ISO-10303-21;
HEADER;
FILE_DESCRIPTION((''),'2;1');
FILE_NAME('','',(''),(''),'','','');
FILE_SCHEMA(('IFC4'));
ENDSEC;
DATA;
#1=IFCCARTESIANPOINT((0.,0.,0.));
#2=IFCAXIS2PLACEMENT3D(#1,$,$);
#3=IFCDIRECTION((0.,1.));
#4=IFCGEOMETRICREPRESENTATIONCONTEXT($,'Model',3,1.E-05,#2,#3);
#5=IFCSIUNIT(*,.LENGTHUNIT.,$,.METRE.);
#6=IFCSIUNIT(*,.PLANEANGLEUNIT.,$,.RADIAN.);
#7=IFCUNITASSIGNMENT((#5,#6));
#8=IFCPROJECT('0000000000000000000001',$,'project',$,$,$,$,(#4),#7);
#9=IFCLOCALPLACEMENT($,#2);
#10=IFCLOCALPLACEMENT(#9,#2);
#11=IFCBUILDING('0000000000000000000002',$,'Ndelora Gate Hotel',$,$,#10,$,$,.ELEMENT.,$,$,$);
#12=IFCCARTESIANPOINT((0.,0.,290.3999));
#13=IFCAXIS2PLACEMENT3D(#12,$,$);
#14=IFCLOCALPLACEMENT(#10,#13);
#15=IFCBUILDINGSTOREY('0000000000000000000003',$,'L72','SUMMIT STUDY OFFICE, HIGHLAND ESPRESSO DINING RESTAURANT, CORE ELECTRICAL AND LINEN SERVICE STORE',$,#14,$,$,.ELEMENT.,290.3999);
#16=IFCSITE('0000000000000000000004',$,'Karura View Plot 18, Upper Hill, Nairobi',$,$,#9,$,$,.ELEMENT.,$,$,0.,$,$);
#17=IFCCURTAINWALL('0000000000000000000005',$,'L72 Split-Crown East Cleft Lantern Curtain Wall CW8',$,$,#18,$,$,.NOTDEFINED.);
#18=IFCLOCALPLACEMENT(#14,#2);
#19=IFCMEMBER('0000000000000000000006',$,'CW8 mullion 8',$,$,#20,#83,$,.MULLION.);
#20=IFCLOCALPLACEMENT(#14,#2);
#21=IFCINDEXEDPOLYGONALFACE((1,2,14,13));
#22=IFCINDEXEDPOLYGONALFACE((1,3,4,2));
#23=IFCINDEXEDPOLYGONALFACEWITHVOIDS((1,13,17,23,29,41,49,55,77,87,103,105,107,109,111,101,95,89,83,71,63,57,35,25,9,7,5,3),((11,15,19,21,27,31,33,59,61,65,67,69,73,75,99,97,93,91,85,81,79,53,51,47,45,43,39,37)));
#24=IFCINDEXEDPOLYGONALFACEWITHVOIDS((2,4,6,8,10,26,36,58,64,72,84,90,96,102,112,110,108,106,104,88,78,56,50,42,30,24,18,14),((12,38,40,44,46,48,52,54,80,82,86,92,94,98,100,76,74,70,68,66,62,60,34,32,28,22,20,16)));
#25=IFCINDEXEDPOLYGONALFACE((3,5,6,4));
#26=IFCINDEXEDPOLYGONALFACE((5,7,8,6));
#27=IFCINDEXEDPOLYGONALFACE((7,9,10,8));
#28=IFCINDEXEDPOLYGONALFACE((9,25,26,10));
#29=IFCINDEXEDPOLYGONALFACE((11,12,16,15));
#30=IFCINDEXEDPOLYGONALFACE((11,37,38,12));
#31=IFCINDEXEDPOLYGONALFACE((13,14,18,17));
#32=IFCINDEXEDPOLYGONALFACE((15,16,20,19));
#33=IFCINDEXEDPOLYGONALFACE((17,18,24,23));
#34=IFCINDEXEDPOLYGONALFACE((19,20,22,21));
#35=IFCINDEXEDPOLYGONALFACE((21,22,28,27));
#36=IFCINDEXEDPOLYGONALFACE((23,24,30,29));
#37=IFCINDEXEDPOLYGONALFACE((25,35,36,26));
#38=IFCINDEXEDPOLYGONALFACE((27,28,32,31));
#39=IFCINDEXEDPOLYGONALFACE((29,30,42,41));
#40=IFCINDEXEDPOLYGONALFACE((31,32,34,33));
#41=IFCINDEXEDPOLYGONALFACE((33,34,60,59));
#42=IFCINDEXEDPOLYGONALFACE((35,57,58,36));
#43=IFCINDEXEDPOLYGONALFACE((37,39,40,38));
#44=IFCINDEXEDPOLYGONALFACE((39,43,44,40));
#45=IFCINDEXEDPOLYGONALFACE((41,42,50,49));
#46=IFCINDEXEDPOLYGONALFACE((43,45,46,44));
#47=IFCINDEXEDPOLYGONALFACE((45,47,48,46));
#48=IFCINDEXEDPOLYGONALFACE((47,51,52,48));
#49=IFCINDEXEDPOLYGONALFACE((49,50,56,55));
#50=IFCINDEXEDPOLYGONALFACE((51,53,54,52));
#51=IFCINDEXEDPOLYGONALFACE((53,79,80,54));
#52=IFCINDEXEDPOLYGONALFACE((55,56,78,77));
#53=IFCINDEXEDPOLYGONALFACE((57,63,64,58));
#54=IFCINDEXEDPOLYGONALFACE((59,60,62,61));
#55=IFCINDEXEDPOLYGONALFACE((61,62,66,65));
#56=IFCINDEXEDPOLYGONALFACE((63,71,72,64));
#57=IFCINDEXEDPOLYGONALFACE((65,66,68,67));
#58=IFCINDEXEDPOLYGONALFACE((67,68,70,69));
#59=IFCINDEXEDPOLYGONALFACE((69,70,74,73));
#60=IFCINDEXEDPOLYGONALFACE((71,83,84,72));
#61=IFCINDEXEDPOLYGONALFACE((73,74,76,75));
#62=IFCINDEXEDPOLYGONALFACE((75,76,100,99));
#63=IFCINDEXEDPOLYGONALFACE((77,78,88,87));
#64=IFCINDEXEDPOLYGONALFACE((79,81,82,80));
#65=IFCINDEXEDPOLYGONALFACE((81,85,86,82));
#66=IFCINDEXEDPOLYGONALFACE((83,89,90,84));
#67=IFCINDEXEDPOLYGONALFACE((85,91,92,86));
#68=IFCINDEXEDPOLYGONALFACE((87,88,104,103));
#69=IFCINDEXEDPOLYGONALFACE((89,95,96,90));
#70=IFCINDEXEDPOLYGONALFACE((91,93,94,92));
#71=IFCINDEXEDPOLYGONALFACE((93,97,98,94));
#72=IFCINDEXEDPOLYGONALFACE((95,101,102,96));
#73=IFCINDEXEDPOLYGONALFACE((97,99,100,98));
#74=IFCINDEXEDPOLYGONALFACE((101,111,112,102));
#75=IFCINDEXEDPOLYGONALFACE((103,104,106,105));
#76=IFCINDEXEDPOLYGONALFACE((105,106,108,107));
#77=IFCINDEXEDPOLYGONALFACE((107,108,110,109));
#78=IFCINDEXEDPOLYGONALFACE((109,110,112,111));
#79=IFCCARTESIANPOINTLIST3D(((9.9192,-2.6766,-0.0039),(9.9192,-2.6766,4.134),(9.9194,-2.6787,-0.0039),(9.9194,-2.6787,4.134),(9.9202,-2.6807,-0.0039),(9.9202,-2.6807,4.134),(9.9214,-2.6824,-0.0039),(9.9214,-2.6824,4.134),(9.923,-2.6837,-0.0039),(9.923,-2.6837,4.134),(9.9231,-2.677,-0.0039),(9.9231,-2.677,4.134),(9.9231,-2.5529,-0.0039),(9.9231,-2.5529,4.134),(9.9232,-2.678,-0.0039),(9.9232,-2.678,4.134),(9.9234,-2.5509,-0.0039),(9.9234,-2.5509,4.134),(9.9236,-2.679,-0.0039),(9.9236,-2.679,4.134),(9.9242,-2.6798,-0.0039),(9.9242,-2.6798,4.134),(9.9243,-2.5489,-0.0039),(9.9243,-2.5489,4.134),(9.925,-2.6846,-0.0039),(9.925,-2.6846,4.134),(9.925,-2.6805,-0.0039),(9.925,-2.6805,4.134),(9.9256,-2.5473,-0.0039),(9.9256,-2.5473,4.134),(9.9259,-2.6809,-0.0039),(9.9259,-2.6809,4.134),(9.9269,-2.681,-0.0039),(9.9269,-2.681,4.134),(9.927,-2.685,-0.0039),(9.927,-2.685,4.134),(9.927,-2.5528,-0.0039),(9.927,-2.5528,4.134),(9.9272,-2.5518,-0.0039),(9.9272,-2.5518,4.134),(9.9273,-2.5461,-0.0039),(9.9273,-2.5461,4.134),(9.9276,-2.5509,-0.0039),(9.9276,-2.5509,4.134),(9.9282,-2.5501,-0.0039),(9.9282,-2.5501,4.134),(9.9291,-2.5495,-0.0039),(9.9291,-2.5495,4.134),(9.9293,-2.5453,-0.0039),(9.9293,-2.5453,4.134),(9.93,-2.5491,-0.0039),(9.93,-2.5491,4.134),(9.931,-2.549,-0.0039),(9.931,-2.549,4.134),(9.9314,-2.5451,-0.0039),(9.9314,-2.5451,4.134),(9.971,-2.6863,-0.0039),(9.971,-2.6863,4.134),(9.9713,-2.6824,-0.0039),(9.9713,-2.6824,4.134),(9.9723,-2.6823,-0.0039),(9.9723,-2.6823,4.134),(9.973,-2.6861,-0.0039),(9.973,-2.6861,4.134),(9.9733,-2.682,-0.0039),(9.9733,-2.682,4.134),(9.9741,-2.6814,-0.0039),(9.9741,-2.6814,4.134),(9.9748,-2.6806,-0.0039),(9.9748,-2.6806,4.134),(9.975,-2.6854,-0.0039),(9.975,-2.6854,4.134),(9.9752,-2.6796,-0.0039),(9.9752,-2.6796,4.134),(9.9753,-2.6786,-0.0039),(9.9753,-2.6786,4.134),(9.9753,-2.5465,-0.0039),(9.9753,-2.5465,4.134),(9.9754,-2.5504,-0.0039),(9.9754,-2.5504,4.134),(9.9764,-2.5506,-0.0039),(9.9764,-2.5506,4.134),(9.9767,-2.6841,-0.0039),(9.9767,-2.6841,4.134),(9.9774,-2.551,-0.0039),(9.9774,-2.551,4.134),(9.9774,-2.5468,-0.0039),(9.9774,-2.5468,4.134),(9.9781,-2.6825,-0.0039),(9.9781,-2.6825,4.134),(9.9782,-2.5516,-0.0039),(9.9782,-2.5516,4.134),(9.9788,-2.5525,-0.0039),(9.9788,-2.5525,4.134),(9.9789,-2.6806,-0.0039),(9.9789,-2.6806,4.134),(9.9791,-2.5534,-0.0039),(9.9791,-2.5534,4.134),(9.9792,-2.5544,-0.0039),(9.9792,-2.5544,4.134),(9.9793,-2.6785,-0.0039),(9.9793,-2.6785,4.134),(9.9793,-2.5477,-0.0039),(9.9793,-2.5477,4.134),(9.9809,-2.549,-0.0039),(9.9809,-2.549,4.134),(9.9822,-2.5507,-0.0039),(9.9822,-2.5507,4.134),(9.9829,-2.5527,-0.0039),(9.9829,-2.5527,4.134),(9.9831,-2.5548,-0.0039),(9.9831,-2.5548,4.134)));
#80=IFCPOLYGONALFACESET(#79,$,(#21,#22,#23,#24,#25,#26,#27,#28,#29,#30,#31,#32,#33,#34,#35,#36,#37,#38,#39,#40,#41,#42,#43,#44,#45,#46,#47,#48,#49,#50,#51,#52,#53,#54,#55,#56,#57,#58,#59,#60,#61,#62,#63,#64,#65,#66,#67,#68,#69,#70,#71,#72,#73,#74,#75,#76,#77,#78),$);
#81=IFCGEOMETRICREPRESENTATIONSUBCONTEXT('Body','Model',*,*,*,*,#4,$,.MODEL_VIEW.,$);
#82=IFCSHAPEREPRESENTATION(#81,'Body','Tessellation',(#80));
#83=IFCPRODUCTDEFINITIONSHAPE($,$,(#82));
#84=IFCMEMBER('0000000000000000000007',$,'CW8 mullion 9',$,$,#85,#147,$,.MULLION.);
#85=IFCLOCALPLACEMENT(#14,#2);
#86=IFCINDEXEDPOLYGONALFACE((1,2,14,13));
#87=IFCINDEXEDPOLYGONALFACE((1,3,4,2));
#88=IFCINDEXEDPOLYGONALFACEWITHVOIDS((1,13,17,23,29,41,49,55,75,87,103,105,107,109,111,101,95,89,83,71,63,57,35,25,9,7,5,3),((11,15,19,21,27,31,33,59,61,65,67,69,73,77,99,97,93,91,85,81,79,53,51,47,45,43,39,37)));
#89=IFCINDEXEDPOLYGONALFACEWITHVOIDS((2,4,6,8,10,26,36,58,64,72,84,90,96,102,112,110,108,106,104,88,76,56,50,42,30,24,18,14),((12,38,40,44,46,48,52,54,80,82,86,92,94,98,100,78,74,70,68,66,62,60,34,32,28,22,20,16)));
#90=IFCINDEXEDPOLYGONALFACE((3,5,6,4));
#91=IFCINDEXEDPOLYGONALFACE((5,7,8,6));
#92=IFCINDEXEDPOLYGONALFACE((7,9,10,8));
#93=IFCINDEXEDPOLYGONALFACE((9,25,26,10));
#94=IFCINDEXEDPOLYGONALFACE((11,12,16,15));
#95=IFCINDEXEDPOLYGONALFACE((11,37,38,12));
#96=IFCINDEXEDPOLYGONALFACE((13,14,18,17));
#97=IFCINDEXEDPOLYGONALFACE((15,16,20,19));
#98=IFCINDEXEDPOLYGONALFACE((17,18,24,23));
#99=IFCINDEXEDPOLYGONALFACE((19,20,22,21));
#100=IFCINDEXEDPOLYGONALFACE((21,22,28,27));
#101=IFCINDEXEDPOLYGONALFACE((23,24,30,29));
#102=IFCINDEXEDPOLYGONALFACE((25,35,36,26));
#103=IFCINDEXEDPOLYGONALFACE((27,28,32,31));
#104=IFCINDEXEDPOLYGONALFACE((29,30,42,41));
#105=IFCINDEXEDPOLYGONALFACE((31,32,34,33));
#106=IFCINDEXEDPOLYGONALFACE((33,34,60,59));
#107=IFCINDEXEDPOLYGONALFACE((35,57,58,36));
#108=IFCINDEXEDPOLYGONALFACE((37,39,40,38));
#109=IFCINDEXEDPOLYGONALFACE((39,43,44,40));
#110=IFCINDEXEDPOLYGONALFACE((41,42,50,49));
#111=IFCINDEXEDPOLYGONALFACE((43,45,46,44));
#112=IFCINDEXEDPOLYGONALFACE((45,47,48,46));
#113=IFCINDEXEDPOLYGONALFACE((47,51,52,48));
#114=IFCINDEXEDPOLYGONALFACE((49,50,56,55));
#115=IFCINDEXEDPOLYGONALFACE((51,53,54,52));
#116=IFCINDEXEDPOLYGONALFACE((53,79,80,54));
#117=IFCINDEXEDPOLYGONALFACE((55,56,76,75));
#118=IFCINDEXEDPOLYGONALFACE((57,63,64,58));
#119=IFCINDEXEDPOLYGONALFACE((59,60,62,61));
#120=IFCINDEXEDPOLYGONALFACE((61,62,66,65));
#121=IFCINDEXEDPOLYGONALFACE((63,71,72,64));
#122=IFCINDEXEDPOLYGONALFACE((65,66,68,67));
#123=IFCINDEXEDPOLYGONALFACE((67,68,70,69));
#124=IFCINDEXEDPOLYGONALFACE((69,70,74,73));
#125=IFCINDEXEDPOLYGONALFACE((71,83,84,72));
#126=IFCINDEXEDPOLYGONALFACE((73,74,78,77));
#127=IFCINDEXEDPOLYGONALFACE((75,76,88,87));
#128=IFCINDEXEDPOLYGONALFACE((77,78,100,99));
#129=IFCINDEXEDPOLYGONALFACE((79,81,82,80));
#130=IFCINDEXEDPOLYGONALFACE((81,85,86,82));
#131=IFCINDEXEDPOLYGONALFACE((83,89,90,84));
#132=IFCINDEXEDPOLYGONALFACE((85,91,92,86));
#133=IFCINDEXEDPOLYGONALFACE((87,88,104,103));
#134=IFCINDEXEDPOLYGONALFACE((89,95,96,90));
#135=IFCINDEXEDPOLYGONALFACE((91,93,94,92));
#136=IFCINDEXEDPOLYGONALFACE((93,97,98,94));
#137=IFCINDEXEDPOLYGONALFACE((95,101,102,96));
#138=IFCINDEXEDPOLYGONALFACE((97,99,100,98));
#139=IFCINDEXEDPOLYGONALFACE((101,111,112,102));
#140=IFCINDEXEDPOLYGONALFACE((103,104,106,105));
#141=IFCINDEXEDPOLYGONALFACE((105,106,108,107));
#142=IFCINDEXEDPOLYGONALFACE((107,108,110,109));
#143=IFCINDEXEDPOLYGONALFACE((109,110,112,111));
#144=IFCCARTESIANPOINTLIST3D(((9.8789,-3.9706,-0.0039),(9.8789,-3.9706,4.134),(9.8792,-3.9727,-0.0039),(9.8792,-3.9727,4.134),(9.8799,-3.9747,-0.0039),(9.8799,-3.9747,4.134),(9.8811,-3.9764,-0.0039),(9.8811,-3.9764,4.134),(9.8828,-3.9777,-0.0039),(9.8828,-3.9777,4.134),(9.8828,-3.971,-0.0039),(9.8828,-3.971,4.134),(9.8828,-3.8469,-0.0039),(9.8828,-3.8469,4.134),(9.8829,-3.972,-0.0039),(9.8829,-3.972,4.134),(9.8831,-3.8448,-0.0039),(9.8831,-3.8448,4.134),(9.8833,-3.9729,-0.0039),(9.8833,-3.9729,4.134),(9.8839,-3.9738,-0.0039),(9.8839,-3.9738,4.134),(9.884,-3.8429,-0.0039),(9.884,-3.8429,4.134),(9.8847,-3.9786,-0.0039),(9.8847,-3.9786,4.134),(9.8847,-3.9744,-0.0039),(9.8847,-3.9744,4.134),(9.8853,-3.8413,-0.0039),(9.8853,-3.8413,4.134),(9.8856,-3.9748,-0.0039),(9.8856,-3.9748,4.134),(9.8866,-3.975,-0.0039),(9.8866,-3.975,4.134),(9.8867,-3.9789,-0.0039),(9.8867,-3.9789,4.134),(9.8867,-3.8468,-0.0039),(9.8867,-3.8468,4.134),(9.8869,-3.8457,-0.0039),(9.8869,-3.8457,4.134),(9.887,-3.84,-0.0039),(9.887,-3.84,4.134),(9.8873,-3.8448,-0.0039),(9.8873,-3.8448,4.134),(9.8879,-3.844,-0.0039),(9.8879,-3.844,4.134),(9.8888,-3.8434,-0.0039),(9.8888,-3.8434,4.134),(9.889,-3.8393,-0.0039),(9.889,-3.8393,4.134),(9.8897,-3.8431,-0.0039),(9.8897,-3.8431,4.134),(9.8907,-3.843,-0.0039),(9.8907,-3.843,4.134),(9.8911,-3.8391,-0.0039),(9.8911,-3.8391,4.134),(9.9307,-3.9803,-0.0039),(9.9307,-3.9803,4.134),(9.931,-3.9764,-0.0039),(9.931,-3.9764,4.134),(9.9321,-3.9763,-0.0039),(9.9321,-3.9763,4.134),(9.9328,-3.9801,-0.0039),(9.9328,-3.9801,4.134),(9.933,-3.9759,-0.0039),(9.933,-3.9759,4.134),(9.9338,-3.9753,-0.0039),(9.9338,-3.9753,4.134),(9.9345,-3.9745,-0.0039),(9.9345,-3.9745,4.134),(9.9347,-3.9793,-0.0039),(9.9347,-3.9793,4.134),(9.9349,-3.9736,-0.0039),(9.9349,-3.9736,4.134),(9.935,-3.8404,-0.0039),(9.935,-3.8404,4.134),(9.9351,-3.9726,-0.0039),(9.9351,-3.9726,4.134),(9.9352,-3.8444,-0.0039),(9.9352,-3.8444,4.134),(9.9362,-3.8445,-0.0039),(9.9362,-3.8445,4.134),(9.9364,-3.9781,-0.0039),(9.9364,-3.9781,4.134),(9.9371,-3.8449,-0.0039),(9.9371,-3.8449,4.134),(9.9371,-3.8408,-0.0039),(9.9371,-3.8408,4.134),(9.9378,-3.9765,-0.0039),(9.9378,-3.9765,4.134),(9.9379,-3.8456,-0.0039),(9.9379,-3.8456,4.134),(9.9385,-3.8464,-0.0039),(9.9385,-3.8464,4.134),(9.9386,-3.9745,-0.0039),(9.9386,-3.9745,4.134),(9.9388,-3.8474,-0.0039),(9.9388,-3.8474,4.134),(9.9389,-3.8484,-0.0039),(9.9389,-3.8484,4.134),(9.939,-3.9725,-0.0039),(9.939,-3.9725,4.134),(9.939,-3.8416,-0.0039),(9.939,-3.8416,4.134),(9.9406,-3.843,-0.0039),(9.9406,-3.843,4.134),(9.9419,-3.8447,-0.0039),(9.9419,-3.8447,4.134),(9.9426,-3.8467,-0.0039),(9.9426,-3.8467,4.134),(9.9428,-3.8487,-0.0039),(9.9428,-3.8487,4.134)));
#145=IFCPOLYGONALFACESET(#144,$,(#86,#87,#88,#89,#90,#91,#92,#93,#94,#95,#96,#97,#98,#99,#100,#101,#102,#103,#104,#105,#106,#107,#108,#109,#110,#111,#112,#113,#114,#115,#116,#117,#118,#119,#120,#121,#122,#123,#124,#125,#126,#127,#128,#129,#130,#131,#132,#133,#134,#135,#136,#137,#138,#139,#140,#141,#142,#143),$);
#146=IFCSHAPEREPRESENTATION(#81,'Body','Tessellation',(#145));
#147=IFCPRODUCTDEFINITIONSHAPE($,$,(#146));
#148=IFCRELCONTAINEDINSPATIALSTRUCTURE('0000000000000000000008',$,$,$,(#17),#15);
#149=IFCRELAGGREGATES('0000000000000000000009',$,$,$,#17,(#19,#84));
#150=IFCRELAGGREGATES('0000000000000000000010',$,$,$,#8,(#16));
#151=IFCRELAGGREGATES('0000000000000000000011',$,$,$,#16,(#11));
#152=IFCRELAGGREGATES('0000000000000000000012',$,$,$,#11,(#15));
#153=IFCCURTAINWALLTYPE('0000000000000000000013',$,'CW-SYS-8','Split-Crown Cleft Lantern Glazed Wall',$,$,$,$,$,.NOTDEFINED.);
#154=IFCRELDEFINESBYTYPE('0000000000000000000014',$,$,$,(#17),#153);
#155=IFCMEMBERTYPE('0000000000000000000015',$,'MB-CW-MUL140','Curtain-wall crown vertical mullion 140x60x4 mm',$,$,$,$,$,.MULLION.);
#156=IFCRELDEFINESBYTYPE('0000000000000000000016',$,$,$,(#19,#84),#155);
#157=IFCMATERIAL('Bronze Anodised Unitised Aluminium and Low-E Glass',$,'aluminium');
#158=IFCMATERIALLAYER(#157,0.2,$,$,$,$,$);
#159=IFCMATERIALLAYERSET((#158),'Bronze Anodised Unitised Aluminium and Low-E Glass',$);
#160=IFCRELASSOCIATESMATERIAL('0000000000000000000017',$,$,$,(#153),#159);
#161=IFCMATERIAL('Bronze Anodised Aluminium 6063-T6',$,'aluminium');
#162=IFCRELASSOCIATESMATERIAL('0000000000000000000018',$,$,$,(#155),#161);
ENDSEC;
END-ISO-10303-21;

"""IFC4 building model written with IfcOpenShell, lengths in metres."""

from ifc_helpers import new_model, si_unit, direction, frame, origin, origin_2d, place, context, subcontext, project, spatial, hollow_rectangle, extrude, material, layer, layer_set, material_profile, profile_set, type_object, element, aggregate, save


model = new_model("IFC4")

# Units and contexts
model_context = context("Model", 3, precision=1e-05, world=origin(), true_north=direction((0.0, 1.0)))
body_context = subcontext(model_context, "Body", "Model", "MODEL_VIEW")
ifc_project = project(units=[si_unit("LENGTHUNIT", "METRE"), si_unit("PLANEANGLEUNIT", "RADIAN")], contexts=[model_context])

# Site, building, storey
site_placement = place(None, origin())
site = spatial("IfcSite", under=ifc_project, at=site_placement, Name="Karura View Plot 18, Upper Hill, Nairobi", CompositionType="ELEMENT", RefElevation=0.0)
building_placement = place(site_placement, origin())
building = spatial("IfcBuilding", under=site, at=building_placement, Name="Ndelora Gate Hotel", CompositionType="ELEMENT")
storey_placement = place(building_placement, frame((0.0, 0.0, 290.3999)))
storey = spatial("IfcBuildingStorey", under=building, at=storey_placement, Name="L72", Description="SUMMIT STUDY OFFICE, HIGHLAND ESPRESSO DINING RESTAURANT, CORE ELECTRICAL AND LINEN SERVICE STORE", CompositionType="ELEMENT", Elevation=290.3999)

# Shared definitions
ifc_material_1 = material(Name="Bronze Anodised Unitised Aluminium and Low-E Glass", Category="aluminium")
ifc_layer_1 = layer(ifc_material_1, 0.2)
ifc_layer_set_1 = layer_set([ifc_layer_1], Name="Bronze Anodised Unitised Aluminium and Low-E Glass")
curtain_wall_type = type_object("IfcCurtainWallType", Name="CW-SYS-8", Description="Split-Crown Cleft Lantern Glazed Wall", PredefinedType="NOTDEFINED", material=ifc_layer_set_1)
ifc_material_2 = material(Name="Bronze Anodised Aluminium 6063-T6", Category="aluminium")
ifc_material_profile_1 = material_profile(ifc_material_2, hollow_rectangle(XDim=0.0601, YDim=0.1399, WallThickness=0.0039, InnerFilletRadius=0.0039, OuterFilletRadius=0.0081, at=origin_2d()), Name="ALU 140x60x4")
ifc_profile_set_1 = profile_set([ifc_material_profile_1], Name="Bronze Anodised Aluminium 6063-T6")
member_type_1 = type_object("IfcMemberType", Name="MB-CW-MUL140", Description="Curtain-wall crown vertical mullion 140x60x4 mm", PredefinedType="MULLION", material=ifc_profile_set_1)

# Curtain wall, members
curtain_wall_1_placement = place(storey_placement, origin())
curtain_wall_1 = element("IfcCurtainWall", 1, at=curtain_wall_1_placement, inside=storey, type_object=curtain_wall_type, Name="L72 Split-Crown East Cleft Lantern Curtain Wall CW8", PredefinedType="NOTDEFINED")
member_1_placement = place(storey_placement, frame((9.9512, -2.6157, -0.0039), z_axis=(0.0, 0.0, 1.0), x_axis=(0.999515, -0.031131, 0.0)))
member_1 = element("IfcMember", 2, at=member_1_placement, type_object=member_type_1, Name="CW8 mullion 8", PredefinedType="MULLION", context=body_context, shape_type="SweptSolid", body=[
    extrude(hollow_rectangle(XDim=0.0601, YDim=0.1399, WallThickness=0.0039, InnerFilletRadius=0.0039, OuterFilletRadius=0.0081, at=origin_2d()), origin(), (0.0, 0.0, 1.0), 4.1379),
])
member_2_placement = place(storey_placement, frame((9.9109, -3.9097, -0.0039), z_axis=(0.0, 0.0, 1.0), x_axis=(0.999515, -0.031131, 0.0)))
member_2 = element("IfcMember", 3, at=member_2_placement, type_object=member_type_1, Name="CW8 mullion 9", PredefinedType="MULLION", context=body_context, shape_type="SweptSolid", body=[
    extrude(hollow_rectangle(XDim=0.0601, YDim=0.1399, WallThickness=0.0039, InnerFilletRadius=0.0039, OuterFilletRadius=0.0081, at=origin_2d()), origin(), (0.0, 0.0, 1.0), 4.1379),
])

aggregate(curtain_wall_1, [member_1, member_2])

save(model, "model.ifc")
